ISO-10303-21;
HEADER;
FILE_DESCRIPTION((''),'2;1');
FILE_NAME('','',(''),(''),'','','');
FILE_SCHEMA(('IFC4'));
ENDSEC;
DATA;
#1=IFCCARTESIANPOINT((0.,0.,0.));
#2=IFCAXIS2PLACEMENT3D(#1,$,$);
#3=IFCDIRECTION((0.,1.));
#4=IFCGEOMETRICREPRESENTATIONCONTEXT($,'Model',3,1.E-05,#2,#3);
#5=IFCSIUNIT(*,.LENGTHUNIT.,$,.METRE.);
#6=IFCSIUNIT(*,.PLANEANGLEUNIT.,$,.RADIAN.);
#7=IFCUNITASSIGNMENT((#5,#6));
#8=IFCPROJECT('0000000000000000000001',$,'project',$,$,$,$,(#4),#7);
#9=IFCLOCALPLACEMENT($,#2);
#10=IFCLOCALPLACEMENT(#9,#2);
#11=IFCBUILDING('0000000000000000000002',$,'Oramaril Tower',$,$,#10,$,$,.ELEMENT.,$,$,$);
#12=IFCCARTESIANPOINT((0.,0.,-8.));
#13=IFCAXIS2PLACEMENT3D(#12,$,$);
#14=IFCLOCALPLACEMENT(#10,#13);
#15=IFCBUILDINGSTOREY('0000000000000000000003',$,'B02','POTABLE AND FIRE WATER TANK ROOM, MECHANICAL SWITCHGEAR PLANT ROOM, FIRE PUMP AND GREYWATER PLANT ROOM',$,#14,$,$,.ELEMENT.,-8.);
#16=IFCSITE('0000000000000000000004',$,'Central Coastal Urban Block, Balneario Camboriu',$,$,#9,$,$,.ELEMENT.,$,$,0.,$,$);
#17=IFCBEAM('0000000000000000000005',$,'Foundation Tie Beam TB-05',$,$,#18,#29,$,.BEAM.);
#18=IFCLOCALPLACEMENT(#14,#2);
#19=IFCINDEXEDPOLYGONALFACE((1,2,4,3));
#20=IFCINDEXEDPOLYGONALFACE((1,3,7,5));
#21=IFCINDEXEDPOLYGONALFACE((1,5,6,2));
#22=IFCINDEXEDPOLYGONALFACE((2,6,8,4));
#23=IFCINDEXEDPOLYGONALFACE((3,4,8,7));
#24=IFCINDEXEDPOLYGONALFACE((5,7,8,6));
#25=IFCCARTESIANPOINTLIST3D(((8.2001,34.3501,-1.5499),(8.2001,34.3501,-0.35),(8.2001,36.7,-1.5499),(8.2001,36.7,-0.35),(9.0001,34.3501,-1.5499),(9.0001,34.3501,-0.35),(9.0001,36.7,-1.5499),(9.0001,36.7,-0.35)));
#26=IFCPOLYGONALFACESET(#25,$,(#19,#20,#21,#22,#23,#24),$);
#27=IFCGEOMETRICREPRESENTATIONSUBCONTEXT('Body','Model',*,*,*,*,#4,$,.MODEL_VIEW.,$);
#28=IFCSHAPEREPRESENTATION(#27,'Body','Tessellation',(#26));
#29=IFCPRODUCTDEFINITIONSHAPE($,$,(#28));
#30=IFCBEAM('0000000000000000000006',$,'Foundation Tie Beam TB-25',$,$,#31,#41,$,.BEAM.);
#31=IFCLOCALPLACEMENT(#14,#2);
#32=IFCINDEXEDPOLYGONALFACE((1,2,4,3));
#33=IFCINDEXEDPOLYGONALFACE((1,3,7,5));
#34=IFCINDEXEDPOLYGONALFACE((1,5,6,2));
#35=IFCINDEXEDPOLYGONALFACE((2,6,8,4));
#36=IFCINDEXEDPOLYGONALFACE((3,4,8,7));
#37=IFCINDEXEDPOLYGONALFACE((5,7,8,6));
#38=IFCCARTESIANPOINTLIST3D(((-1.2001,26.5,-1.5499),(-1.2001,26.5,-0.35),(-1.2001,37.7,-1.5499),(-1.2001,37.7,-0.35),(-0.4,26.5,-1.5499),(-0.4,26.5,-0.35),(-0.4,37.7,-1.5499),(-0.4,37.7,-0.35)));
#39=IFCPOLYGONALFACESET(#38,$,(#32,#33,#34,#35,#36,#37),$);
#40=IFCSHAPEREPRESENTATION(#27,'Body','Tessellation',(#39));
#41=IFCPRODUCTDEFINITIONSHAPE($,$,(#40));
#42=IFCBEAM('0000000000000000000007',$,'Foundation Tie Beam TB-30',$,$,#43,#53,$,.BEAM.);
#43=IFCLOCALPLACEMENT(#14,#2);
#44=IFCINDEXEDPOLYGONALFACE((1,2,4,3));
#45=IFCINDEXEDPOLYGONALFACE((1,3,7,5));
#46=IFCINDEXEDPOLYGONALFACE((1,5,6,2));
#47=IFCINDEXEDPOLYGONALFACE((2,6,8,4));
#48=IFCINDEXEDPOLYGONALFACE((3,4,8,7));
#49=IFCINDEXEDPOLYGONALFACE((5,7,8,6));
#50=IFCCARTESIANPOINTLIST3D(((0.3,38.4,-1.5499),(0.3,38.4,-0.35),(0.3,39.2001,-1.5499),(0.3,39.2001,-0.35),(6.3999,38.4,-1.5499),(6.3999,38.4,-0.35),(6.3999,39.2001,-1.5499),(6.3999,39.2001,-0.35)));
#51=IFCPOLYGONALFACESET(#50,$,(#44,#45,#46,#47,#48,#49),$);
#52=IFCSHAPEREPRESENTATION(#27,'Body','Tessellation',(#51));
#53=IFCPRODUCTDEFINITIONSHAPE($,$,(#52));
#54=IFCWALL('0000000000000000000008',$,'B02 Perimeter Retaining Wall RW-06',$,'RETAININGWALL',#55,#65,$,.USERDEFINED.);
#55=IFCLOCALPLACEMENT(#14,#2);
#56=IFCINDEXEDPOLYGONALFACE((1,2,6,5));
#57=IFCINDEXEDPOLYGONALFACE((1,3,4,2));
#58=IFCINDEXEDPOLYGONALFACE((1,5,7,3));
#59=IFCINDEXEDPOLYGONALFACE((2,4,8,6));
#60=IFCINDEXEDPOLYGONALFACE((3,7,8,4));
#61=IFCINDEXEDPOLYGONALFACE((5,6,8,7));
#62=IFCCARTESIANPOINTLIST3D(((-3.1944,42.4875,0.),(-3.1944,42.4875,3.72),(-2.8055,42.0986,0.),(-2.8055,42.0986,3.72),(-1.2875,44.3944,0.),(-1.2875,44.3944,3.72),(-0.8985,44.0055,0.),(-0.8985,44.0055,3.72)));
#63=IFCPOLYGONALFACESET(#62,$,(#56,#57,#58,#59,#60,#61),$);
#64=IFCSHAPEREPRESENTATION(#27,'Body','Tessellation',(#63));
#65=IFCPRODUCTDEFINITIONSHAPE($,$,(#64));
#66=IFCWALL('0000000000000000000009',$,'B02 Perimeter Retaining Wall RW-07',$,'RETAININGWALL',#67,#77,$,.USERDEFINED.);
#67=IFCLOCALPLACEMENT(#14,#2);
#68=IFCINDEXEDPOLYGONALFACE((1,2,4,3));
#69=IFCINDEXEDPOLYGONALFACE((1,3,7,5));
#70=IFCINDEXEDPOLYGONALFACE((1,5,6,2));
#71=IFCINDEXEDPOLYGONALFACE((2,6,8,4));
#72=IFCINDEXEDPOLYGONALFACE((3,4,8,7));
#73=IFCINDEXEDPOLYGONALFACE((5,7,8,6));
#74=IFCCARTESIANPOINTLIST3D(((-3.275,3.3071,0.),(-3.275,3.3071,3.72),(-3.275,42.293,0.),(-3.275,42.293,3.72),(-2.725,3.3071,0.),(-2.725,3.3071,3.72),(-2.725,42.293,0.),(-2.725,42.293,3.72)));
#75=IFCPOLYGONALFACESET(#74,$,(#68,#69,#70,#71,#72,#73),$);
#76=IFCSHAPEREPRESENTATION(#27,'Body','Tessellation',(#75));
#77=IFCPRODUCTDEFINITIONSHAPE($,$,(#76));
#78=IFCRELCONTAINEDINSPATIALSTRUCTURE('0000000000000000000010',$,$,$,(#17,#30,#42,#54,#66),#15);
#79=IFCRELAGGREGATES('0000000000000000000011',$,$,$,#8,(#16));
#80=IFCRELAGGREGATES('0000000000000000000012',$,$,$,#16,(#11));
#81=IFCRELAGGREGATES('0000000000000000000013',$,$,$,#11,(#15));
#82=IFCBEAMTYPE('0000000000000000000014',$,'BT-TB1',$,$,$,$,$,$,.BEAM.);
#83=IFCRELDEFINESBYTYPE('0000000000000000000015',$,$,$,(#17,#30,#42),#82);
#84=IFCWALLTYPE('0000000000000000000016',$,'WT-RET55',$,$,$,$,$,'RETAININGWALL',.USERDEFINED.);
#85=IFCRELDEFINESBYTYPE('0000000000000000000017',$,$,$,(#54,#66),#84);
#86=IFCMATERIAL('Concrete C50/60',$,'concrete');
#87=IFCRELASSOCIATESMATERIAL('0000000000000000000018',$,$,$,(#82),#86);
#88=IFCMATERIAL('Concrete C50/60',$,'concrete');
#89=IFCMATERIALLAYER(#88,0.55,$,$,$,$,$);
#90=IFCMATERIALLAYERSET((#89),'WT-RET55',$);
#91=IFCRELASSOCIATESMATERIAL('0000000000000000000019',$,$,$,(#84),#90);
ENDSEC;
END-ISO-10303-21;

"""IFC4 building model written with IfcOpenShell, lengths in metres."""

from ifc_helpers import new_model, si_unit, direction, frame, frame_2d, origin, origin_2d, place, context, subcontext, project, spatial, rectangle, extrude, material, layer, layer_set, material_profile, profile_set, type_object, element, save


model = new_model("IFC4")

# Units and contexts
model_context = context("Model", 3, precision=1e-05, world=origin(), true_north=direction((0.0, 1.0)))
body_context = subcontext(model_context, "Body", "Model", "MODEL_VIEW")
ifc_project = project(units=[si_unit("LENGTHUNIT", "METRE"), si_unit("PLANEANGLEUNIT", "RADIAN")], contexts=[model_context])

# Site, building, storey
site_placement = place(None, origin())
site = spatial("IfcSite", under=ifc_project, at=site_placement, Name="Central Coastal Urban Block, Balneario Camboriu", CompositionType="ELEMENT", RefElevation=0.0)
building_placement = place(site_placement, origin())
building = spatial("IfcBuilding", under=site, at=building_placement, Name="Oramaril Tower", CompositionType="ELEMENT")
storey_placement = place(building_placement, frame((0.0, 0.0, -8.0)))
storey = spatial("IfcBuildingStorey", under=building, at=storey_placement, Name="B02", Description="POTABLE AND FIRE WATER TANK ROOM, MECHANICAL SWITCHGEAR PLANT ROOM, FIRE PUMP AND GREYWATER PLANT ROOM", CompositionType="ELEMENT", Elevation=-8.0)

# Beams
ifc_material_1 = material(Name="Concrete C50/60", Category="concrete")
ifc_material_profile_1 = material_profile(ifc_material_1, rectangle(XDim=0.8, YDim=1.2, at=origin_2d()), Name="TB800X1200")
ifc_profile_set_1 = profile_set([ifc_material_profile_1], Name="Concrete C50/60")
beam_type_1 = type_object("IfcBeamType", Name="BT-TB1", PredefinedType="BEAM", material=ifc_profile_set_1)
beam_1_placement = place(storey_placement, frame((8.6001, 34.3501, -0.95), z_axis=(0.0, 1.0, 0.0), x_axis=(-1.0, 0.0, 0.0)))
element("IfcBeam", 1, at=beam_1_placement, inside=storey, type_object=beam_type_1, Name="Foundation Tie Beam TB-05", PredefinedType="BEAM", context=body_context, shape_type="SweptSolid", body=[
    extrude(rectangle(XDim=0.8, YDim=1.2, at=origin_2d()), origin(), (0.0, 0.0, 1.0), 2.3499),
])
beam_2_placement = place(storey_placement, frame((-0.8, 26.5, -0.95), z_axis=(0.0, 1.0, 0.0), x_axis=(-1.0, 0.0, 0.0)))
element("IfcBeam", 2, at=beam_2_placement, inside=storey, type_object=beam_type_1, Name="Foundation Tie Beam TB-25", PredefinedType="BEAM", context=body_context, shape_type="SweptSolid", body=[
    extrude(rectangle(XDim=0.8, YDim=1.2, at=origin_2d()), origin(), (0.0, 0.0, 1.0), 11.2),
])
beam_3_placement = place(storey_placement, frame((0.3, 38.8, -0.95), z_axis=(1.0, 0.0, 0.0), x_axis=(0.0, 1.0, 0.0)))
element("IfcBeam", 3, at=beam_3_placement, inside=storey, type_object=beam_type_1, Name="Foundation Tie Beam TB-30", PredefinedType="BEAM", context=body_context, shape_type="SweptSolid", body=[
    extrude(rectangle(XDim=0.8, YDim=1.2, at=origin_2d()), origin(), (0.0, 0.0, 1.0), 6.0999),
])

# Walls
ifc_material_2 = material(Name="Concrete C50/60", Category="concrete")
ifc_layer = layer(ifc_material_2, 0.55)
ifc_layer_set = layer_set([ifc_layer], Name="WT-RET55")
wall_type = type_object("IfcWallType", Name="WT-RET55", ElementType="RETAININGWALL", PredefinedType="USERDEFINED", material=ifc_layer_set)
wall_1_placement = place(storey_placement, frame((-1.093, 44.2, 0.0), z_axis=(0.0, 0.0, 1.0), x_axis=(-0.707107, -0.707107, 0.0)))
element("IfcWall", 4, at=wall_1_placement, inside=storey, type_object=wall_type, Name="B02 Perimeter Retaining Wall RW-06", ObjectType="RETAININGWALL", PredefinedType="USERDEFINED", context=body_context, shape_type="SweptSolid", body=[
    extrude(rectangle(XDim=2.6968, YDim=0.55, at=frame_2d((1.3484, 0.0))), origin(), (0.0, 0.0, 1.0), 3.72),
])
wall_2_placement = place(storey_placement, frame((-3.0, 42.293, 0.0), z_axis=(0.0, 0.0, 1.0), x_axis=(0.0, -1.0, 0.0)))
element("IfcWall", 5, at=wall_2_placement, inside=storey, type_object=wall_type, Name="B02 Perimeter Retaining Wall RW-07", ObjectType="RETAININGWALL", PredefinedType="USERDEFINED", context=body_context, shape_type="SweptSolid", body=[
    extrude(rectangle(XDim=38.9858, YDim=0.55, at=frame_2d((19.4929, 0.0))), origin(), (0.0, 0.0, 1.0), 3.72),
])

save(model, "model.ifc")
